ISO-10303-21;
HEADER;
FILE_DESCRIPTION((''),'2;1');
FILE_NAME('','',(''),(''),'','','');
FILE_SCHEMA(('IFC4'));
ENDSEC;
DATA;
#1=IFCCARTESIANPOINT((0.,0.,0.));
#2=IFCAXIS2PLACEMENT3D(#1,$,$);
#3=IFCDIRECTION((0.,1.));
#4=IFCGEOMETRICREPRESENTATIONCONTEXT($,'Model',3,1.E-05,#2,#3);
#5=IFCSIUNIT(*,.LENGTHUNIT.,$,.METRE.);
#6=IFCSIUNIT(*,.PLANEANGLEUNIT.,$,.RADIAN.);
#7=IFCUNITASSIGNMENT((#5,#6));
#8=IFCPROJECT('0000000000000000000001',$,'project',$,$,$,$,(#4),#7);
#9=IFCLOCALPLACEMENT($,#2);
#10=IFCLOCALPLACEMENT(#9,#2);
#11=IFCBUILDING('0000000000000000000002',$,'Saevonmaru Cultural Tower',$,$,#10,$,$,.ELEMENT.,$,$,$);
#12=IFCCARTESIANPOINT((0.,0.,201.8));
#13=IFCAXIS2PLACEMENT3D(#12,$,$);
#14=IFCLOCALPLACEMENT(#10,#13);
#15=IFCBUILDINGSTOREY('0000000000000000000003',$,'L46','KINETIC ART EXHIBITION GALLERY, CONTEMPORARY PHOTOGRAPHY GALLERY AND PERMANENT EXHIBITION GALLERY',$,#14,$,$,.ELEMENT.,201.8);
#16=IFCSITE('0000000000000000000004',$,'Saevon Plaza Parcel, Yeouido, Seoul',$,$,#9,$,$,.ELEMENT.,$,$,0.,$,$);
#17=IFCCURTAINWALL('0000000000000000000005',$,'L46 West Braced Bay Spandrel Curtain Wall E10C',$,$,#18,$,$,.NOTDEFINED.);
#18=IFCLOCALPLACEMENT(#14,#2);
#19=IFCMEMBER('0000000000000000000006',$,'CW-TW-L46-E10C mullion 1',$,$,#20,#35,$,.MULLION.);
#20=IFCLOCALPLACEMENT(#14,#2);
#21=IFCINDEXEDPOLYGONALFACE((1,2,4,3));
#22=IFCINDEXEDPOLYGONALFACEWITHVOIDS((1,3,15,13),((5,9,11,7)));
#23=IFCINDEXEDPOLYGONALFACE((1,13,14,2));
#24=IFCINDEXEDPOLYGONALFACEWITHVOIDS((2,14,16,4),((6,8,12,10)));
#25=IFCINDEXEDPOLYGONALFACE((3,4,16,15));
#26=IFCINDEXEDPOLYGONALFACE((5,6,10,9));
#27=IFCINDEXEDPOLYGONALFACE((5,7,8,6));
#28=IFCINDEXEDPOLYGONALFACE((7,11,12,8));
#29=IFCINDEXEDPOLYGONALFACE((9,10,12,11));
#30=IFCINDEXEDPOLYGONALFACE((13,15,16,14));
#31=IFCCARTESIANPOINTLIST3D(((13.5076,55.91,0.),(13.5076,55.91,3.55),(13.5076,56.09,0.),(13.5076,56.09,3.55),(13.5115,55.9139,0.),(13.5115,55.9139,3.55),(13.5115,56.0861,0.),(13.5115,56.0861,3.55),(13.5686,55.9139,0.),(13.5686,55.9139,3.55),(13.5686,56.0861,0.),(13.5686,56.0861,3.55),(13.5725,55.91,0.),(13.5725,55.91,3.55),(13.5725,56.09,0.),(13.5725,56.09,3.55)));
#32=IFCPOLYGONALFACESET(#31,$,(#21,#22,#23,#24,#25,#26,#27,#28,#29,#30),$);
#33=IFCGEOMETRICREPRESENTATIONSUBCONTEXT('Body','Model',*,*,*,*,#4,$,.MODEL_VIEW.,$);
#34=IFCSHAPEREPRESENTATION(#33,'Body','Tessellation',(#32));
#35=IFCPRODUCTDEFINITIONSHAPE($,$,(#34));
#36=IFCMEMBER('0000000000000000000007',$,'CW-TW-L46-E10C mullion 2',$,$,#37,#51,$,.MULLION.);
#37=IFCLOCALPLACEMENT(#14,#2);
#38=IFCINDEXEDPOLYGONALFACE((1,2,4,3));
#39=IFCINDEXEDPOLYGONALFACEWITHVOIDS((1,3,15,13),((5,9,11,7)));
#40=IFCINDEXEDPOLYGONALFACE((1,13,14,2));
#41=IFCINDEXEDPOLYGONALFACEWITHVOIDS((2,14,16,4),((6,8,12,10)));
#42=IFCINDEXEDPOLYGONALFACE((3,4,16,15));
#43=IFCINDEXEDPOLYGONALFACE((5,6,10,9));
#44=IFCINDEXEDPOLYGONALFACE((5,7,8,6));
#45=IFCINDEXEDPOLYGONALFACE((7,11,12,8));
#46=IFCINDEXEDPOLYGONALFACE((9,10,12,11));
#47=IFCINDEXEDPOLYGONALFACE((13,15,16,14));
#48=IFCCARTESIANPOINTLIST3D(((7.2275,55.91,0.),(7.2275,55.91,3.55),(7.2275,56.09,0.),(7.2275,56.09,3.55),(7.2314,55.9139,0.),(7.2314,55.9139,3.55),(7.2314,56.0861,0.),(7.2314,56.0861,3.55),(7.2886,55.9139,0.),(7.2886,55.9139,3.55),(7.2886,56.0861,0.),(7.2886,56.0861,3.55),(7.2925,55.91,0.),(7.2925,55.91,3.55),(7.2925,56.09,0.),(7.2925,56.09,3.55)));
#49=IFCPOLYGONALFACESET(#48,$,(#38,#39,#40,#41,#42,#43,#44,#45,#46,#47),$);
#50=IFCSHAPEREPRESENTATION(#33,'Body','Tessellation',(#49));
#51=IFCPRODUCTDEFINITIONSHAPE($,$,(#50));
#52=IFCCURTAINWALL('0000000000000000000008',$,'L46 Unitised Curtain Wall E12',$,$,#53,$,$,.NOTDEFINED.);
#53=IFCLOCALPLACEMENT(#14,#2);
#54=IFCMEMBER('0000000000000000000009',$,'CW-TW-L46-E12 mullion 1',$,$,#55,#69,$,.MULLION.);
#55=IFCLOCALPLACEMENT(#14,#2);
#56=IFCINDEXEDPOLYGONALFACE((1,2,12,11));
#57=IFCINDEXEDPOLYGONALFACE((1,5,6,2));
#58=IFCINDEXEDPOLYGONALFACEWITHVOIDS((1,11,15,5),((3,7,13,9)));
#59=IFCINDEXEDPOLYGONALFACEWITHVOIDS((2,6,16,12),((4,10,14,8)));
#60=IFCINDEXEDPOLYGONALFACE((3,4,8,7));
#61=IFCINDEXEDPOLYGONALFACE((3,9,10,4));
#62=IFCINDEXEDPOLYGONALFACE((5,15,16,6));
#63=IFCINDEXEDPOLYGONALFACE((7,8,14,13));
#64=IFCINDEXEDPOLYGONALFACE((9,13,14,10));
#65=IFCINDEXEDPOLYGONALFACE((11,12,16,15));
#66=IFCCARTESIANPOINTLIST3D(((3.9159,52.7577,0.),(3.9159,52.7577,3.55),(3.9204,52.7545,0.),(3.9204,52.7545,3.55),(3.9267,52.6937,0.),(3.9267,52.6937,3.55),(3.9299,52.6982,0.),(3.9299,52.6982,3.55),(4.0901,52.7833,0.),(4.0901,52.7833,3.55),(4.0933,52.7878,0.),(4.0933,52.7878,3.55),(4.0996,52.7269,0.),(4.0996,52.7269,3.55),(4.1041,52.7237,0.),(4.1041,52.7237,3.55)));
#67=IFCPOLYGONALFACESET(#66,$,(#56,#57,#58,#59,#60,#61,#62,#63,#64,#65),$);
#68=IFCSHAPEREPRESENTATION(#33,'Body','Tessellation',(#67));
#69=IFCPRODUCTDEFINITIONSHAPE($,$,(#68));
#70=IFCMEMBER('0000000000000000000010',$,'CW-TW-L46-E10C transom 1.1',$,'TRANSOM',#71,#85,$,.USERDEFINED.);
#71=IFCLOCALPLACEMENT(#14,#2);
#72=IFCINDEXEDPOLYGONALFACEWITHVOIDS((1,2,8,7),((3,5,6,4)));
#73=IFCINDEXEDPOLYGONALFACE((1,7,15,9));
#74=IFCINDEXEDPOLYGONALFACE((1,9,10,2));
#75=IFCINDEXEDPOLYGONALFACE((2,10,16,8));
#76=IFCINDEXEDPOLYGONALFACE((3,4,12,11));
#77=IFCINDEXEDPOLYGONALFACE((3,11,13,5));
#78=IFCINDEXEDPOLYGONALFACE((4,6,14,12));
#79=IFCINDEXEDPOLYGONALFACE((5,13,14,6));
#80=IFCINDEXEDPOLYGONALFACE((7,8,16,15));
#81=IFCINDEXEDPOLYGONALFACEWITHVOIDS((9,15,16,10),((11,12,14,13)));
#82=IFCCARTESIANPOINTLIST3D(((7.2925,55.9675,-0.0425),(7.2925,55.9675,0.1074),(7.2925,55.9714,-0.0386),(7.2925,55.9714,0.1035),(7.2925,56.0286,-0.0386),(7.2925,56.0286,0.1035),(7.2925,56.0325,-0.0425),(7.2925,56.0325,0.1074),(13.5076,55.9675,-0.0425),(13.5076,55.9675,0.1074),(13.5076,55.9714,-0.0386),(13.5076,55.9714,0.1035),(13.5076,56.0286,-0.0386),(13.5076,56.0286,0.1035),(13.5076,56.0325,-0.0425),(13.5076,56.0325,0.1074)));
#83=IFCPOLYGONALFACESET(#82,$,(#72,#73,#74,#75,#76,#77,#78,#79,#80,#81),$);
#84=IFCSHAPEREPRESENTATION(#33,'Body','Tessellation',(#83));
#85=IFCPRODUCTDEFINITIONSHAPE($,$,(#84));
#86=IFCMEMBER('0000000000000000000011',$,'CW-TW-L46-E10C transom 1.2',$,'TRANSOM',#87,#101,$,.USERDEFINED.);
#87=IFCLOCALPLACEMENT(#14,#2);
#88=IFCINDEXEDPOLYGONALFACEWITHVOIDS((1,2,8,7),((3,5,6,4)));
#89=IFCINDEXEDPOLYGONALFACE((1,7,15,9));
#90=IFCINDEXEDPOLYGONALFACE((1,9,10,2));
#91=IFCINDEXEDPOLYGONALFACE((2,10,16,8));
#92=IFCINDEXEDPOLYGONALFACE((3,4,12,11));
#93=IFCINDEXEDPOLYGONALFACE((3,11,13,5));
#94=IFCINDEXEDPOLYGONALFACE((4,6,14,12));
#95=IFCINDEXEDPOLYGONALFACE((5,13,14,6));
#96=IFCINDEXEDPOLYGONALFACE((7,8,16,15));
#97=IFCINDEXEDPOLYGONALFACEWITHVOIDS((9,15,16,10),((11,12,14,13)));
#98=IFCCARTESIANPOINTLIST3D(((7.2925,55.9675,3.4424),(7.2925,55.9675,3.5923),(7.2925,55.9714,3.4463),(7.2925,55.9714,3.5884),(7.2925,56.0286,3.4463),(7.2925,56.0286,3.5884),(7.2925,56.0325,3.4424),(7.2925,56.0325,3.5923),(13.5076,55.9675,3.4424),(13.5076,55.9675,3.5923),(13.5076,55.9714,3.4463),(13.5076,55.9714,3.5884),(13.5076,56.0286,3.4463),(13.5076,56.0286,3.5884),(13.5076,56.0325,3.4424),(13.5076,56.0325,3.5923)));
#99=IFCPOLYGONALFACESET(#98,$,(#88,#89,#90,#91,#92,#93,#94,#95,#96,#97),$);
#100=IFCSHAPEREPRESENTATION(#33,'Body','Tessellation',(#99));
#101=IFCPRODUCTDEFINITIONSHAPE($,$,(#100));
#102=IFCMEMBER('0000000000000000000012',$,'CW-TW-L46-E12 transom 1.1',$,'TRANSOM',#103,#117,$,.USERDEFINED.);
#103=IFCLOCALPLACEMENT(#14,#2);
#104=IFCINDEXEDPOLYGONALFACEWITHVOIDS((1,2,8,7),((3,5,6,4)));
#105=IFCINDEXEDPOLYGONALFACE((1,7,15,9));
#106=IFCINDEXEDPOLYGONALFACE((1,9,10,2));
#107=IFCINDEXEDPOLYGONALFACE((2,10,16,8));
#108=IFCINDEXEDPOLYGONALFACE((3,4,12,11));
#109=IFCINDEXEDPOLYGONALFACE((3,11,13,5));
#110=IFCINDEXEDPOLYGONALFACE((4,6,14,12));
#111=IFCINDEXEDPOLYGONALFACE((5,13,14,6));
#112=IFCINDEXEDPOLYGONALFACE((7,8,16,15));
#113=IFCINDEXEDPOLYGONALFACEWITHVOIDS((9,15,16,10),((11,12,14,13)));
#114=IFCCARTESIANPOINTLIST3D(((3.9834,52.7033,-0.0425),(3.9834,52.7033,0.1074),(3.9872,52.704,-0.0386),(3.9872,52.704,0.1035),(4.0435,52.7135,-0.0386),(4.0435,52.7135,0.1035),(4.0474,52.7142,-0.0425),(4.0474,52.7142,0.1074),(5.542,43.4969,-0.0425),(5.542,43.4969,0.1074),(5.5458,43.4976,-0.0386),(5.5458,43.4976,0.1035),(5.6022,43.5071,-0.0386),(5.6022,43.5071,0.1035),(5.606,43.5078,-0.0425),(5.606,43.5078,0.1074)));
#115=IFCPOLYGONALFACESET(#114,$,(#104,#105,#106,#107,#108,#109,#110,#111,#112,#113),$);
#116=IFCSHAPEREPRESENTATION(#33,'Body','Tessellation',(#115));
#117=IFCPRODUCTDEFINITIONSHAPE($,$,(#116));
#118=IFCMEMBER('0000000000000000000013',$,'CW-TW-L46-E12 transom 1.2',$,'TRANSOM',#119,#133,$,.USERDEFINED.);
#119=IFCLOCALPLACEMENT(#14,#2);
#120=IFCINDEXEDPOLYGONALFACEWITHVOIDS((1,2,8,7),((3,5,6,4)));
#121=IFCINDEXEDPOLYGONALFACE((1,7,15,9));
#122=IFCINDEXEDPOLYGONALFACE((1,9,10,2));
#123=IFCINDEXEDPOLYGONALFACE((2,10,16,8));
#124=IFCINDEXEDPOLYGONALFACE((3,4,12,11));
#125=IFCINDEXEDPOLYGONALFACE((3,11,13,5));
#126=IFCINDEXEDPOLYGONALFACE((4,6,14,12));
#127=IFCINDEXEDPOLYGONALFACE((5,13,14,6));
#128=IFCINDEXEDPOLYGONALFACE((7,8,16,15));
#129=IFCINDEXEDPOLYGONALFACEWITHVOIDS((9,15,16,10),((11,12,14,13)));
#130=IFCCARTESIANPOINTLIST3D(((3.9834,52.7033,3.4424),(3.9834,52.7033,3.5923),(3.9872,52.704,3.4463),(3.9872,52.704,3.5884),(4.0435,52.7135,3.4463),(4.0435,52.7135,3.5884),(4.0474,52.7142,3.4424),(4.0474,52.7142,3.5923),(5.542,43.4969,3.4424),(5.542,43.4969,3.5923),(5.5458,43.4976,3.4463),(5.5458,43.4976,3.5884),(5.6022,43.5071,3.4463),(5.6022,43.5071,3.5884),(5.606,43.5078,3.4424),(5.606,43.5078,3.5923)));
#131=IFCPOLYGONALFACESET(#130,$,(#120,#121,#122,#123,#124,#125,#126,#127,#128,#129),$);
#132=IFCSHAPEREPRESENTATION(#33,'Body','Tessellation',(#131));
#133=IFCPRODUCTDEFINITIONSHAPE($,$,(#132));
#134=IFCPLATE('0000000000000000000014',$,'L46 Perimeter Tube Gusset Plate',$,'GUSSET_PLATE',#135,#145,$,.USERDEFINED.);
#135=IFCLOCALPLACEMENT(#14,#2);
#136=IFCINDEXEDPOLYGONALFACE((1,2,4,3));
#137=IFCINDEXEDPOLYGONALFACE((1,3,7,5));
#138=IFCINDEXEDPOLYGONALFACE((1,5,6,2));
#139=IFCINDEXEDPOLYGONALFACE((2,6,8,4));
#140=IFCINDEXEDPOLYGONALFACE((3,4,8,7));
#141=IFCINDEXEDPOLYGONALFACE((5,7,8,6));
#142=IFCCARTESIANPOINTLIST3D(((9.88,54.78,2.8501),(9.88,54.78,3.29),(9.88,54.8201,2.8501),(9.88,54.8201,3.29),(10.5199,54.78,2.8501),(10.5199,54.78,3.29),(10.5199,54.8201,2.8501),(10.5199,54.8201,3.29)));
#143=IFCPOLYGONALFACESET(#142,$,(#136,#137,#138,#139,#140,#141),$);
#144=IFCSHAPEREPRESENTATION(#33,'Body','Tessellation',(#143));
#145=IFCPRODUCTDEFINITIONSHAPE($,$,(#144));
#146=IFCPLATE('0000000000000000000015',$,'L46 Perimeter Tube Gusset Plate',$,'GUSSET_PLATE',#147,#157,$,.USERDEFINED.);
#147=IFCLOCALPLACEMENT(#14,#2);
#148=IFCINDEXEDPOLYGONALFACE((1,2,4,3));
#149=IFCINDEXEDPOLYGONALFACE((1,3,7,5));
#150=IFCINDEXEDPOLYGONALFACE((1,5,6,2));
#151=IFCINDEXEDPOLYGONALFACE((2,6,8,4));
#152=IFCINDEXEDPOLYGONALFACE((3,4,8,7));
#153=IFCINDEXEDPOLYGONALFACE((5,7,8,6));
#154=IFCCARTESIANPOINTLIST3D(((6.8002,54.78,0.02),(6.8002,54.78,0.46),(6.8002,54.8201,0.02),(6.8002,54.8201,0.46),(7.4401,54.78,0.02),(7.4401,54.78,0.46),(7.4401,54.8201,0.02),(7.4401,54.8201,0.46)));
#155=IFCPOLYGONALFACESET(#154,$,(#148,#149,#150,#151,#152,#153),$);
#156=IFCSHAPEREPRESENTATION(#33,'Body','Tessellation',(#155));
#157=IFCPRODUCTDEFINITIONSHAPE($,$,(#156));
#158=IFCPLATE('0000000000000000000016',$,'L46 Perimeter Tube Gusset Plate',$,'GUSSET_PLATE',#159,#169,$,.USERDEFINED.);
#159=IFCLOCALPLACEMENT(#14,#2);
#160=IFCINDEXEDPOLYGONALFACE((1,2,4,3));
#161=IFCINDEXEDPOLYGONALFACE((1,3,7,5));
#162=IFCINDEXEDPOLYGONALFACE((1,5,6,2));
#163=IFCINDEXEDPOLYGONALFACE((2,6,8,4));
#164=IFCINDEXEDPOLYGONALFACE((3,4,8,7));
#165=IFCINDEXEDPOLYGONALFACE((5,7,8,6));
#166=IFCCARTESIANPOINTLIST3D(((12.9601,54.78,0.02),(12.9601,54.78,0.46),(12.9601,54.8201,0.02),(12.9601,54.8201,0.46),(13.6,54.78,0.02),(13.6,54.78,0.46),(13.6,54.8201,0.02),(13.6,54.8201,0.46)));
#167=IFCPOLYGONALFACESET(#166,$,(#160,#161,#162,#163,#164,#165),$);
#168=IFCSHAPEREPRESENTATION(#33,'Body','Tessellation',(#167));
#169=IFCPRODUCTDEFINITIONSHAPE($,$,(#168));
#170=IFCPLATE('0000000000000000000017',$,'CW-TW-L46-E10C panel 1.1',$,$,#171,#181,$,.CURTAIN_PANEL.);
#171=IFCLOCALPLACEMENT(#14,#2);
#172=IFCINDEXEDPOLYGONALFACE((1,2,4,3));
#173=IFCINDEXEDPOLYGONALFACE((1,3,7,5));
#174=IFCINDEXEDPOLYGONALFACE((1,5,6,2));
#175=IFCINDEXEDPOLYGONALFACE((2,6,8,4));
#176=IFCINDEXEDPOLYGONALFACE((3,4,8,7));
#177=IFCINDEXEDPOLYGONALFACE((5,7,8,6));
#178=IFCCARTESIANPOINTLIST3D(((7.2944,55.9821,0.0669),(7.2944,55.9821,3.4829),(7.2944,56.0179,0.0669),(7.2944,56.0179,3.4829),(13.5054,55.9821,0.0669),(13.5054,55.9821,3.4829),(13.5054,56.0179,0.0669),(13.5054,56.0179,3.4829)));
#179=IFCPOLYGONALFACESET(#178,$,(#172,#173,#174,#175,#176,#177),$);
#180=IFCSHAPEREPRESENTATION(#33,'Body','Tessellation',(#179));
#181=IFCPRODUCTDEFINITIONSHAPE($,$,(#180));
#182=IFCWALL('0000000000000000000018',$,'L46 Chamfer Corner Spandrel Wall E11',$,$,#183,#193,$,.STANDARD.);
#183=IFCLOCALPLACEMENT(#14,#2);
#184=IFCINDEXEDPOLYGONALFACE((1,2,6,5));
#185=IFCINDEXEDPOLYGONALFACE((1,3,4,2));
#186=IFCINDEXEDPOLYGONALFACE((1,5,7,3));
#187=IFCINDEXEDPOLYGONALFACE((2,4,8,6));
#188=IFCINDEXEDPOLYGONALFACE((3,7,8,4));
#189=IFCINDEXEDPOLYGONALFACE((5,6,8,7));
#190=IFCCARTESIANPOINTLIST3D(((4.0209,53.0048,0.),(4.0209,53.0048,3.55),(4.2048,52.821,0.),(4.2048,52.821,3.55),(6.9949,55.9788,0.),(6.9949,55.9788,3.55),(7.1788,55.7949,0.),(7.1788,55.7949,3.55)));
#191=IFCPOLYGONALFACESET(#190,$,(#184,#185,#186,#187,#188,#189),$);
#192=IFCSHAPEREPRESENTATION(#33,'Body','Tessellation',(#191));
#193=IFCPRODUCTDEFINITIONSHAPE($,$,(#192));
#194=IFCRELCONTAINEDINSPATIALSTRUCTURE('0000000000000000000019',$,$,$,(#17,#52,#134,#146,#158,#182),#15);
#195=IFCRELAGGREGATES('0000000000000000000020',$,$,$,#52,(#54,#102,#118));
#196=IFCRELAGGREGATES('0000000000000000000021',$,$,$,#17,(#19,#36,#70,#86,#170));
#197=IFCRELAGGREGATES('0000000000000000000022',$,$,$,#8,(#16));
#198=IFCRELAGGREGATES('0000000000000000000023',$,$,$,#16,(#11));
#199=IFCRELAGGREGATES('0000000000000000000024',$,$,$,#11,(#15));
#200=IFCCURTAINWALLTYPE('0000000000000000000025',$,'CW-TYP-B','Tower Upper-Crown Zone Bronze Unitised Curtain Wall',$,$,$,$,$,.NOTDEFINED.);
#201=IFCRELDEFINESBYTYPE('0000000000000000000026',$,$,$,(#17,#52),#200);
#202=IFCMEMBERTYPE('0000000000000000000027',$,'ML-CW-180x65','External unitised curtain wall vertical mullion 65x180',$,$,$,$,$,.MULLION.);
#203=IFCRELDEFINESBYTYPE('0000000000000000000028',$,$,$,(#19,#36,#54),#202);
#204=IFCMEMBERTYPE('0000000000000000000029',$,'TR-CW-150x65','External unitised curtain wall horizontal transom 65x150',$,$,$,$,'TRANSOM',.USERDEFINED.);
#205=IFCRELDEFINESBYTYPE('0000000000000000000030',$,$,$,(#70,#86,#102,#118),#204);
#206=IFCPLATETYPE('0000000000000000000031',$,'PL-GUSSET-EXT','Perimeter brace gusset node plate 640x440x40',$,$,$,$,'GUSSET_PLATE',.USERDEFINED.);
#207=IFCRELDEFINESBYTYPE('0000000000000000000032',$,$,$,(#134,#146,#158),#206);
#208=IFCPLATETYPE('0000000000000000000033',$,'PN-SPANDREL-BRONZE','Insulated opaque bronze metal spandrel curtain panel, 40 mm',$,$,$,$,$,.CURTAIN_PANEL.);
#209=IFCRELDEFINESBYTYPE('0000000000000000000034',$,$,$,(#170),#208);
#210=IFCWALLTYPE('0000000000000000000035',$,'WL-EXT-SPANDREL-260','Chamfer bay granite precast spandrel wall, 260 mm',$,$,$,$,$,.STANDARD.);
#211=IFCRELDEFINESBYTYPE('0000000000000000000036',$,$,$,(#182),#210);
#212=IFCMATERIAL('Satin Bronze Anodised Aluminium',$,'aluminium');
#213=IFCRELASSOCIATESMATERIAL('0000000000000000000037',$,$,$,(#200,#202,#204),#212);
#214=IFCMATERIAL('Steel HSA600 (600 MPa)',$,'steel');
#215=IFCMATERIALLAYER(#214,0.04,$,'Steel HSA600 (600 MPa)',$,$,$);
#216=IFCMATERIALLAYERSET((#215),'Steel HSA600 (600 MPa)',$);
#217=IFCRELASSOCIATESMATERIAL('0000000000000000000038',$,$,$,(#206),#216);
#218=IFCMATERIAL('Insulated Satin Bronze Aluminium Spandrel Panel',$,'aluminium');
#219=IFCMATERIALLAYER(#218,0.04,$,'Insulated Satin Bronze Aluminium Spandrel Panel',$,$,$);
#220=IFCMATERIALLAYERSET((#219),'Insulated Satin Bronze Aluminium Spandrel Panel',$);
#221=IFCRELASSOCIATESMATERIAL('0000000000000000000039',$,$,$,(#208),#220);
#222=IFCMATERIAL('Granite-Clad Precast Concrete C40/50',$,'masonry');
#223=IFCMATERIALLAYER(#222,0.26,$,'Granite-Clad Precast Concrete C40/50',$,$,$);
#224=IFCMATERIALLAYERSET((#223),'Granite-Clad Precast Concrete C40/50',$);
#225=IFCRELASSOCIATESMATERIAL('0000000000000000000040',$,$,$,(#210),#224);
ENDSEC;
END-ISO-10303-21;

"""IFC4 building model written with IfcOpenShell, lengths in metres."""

from ifc_helpers import new_model, si_unit, direction, frame, frame_2d, origin, origin_2d, place, context, subcontext, project, spatial, rectangle, hollow_rectangle, extrude, material, layer, layer_set, material_profile, profile_set, type_object, element, aggregate, save


model = new_model("IFC4")

# Units and contexts
model_context = context("Model", 3, precision=1e-05, world=origin(), true_north=direction((0.0, 1.0)))
body_context = subcontext(model_context, "Body", "Model", "MODEL_VIEW")
ifc_project = project(units=[si_unit("LENGTHUNIT", "METRE"), si_unit("PLANEANGLEUNIT", "RADIAN")], contexts=[model_context])

# Site, building, storey
site_placement = place(None, origin())
site = spatial("IfcSite", under=ifc_project, at=site_placement, Name="Saevon Plaza Parcel, Yeouido, Seoul", CompositionType="ELEMENT", RefElevation=0.0)
building_placement = place(site_placement, origin())
building = spatial("IfcBuilding", under=site, at=building_placement, Name="Saevonmaru Cultural Tower", CompositionType="ELEMENT")
storey_placement = place(building_placement, frame((0.0, 0.0, 201.8)))
storey = spatial("IfcBuildingStorey", under=building, at=storey_placement, Name="L46", Description="KINETIC ART EXHIBITION GALLERY, CONTEMPORARY PHOTOGRAPHY GALLERY AND PERMANENT EXHIBITION GALLERY", CompositionType="ELEMENT", Elevation=201.8)

# Curtain wall, members
ifc_material_1 = material(Name="Satin Bronze Anodised Aluminium", Category="aluminium")
curtain_wall_type = type_object("IfcCurtainWallType", Name="CW-TYP-B", Description="Tower Upper-Crown Zone Bronze Unitised Curtain Wall", PredefinedType="NOTDEFINED", material=ifc_material_1)
curtain_wall_1_placement = place(storey_placement, origin())
curtain_wall_1 = element("IfcCurtainWall", 1, at=curtain_wall_1_placement, inside=storey, type_object=curtain_wall_type, Name="L46 West Braced Bay Spandrel Curtain Wall E10C", PredefinedType="NOTDEFINED")
ifc_material_profile_1 = material_profile(ifc_material_1, hollow_rectangle(XDim=0.0649, YDim=0.1799, WallThickness=0.0039, at=origin_2d()), Name="ALU-MULL-180x65x4")
ifc_profile_set_1 = profile_set([ifc_material_profile_1], Name="Satin Bronze Anodised Aluminium")
member_type_1 = type_object("IfcMemberType", Name="ML-CW-180x65", Description="External unitised curtain wall vertical mullion 65x180", PredefinedType="MULLION", material=ifc_profile_set_1)
member_1_placement = place(storey_placement, frame((13.54, 56.0, 0.0), z_axis=(0.0, 0.0, 1.0), x_axis=(-1.0, 0.0, 0.0)))
member_1 = element("IfcMember", 2, at=member_1_placement, type_object=member_type_1, Name="CW-TW-L46-E10C mullion 1", PredefinedType="MULLION", context=body_context, shape_type="SweptSolid", body=[
    extrude(hollow_rectangle(XDim=0.0649, YDim=0.1799, WallThickness=0.0039, at=origin_2d()), origin(), (0.0, 0.0, 1.0), 3.55),
])
member_2_placement = place(storey_placement, frame((7.26, 56.0, 0.0), z_axis=(0.0, 0.0, 1.0), x_axis=(-1.0, 0.0, 0.0)))
member_2 = element("IfcMember", 3, at=member_2_placement, type_object=member_type_1, Name="CW-TW-L46-E10C mullion 2", PredefinedType="MULLION", context=body_context, shape_type="SweptSolid", body=[
    extrude(hollow_rectangle(XDim=0.0649, YDim=0.1799, WallThickness=0.0039, at=origin_2d()), origin(), (0.0, 0.0, 1.0), 3.55),
])

# Curtain wall, member
curtain_wall_2_placement = place(storey_placement, origin())
curtain_wall_2 = element("IfcCurtainWall", 4, at=curtain_wall_2_placement, inside=storey, type_object=curtain_wall_type, Name="L46 Unitised Curtain Wall E12", PredefinedType="NOTDEFINED")
member_3_placement = place(storey_placement, frame((4.01, 52.7407, 0.0), z_axis=(0.0, 0.0, 1.0), x_axis=(0.166922, -0.98597, 0.0)))
member_3 = element("IfcMember", 5, at=member_3_placement, type_object=member_type_1, Name="CW-TW-L46-E12 mullion 1", PredefinedType="MULLION", context=body_context, shape_type="SweptSolid", body=[
    extrude(hollow_rectangle(XDim=0.0649, YDim=0.1799, WallThickness=0.0039, at=origin_2d()), origin(), (0.0, 0.0, 1.0), 3.55),
])

# Members
ifc_material_profile_2 = material_profile(ifc_material_1, hollow_rectangle(XDim=0.0649, YDim=0.1499, WallThickness=0.0039, at=origin_2d()), Name="ALU-TRAN-150x65x4")
ifc_profile_set_2 = profile_set([ifc_material_profile_2], Name="Satin Bronze Anodised Aluminium")
member_type_2 = type_object("IfcMemberType", Name="TR-CW-150x65", Description="External unitised curtain wall horizontal transom 65x150", ElementType="TRANSOM", PredefinedType="USERDEFINED", material=ifc_profile_set_2)
member_4_placement = place(storey_placement, frame((13.5076, 56.0, 0.0325), z_axis=(-1.0, 0.0, 0.0), x_axis=(0.0, -1.0, 0.0)))
member_4 = element("IfcMember", 6, at=member_4_placement, type_object=member_type_2, Name="CW-TW-L46-E10C transom 1.1", ObjectType="TRANSOM", PredefinedType="USERDEFINED", context=body_context, shape_type="SweptSolid", body=[
    extrude(hollow_rectangle(XDim=0.0649, YDim=0.1499, WallThickness=0.0039, at=origin_2d()), origin(), (0.0, 0.0, 1.0), 6.2151),
])
member_5_placement = place(storey_placement, frame((13.5076, 56.0, 3.5173), z_axis=(-1.0, 0.0, 0.0), x_axis=(0.0, -1.0, 0.0)))
member_5 = element("IfcMember", 7, at=member_5_placement, type_object=member_type_2, Name="CW-TW-L46-E10C transom 1.2", ObjectType="TRANSOM", PredefinedType="USERDEFINED", context=body_context, shape_type="SweptSolid", body=[
    extrude(hollow_rectangle(XDim=0.0649, YDim=0.1499, WallThickness=0.0039, at=origin_2d()), origin(), (0.0, 0.0, 1.0), 6.2151),
])
member_6_placement = place(storey_placement, frame((4.0154, 52.7087, 0.0325), z_axis=(0.166921, -0.98597, 0.0), x_axis=(0.98597, 0.166921, 0.0)))
member_6 = element("IfcMember", 8, at=member_6_placement, type_object=member_type_2, Name="CW-TW-L46-E12 transom 1.1", ObjectType="TRANSOM", PredefinedType="USERDEFINED", context=body_context, shape_type="SweptSolid", body=[
    extrude(hollow_rectangle(XDim=0.0649, YDim=0.1499, WallThickness=0.0039, at=origin_2d()), origin(), (0.0, 0.0, 1.0), 9.3374),
])
member_7_placement = place(storey_placement, frame((4.0154, 52.7087, 3.5173), z_axis=(0.166921, -0.98597, 0.0), x_axis=(0.98597, 0.166921, 0.0)))
member_7 = element("IfcMember", 9, at=member_7_placement, type_object=member_type_2, Name="CW-TW-L46-E12 transom 1.2", ObjectType="TRANSOM", PredefinedType="USERDEFINED", context=body_context, shape_type="SweptSolid", body=[
    extrude(hollow_rectangle(XDim=0.0649, YDim=0.1499, WallThickness=0.0039, at=origin_2d()), origin(), (0.0, 0.0, 1.0), 9.3374),
])
aggregate(curtain_wall_2, [member_3, member_6, member_7])

# Plates
ifc_material_2 = material(Name="Steel HSA600 (600 MPa)", Category="steel")
ifc_layer_1 = layer(ifc_material_2, 0.04, Name="Steel HSA600 (600 MPa)")
ifc_layer_set_1 = layer_set([ifc_layer_1], Name="Steel HSA600 (600 MPa)")
plate_type_1 = type_object("IfcPlateType", Name="PL-GUSSET-EXT", Description="Perimeter brace gusset node plate 640x440x40", ElementType="GUSSET_PLATE", PredefinedType="USERDEFINED", material=ifc_layer_set_1)
for number, where, z_axis, x_axis, name in (
    (10, (10.2, 54.8, 2.8501), (0.0, 0.0, 1.0), (1.0, 0.0, 0.0), "L46 Perimeter Tube Gusset Plate"),
    (11, (7.1201, 54.8, 0.02), (0.0, 0.0, 1.0), (1.0, 0.0, 0.0), "L46 Perimeter Tube Gusset Plate"),
    (12, (13.28, 54.8, 0.02), (0.0, 0.0, 1.0), (1.0, 0.0, 0.0), "L46 Perimeter Tube Gusset Plate"),
):
    element("IfcPlate", number, at=place(storey_placement, frame(where, z_axis=z_axis, x_axis=x_axis)), inside=storey, type_object=plate_type_1, Name=name, ObjectType="GUSSET_PLATE", PredefinedType="USERDEFINED", context=body_context, shape_type="SweptSolid", body=[
        extrude(rectangle(XDim=0.6399, YDim=0.04, at=origin_2d()), origin(), (0.0, 0.0, 1.0), 0.4399),
    ])

# Plate
ifc_material_3 = material(Name="Insulated Satin Bronze Aluminium Spandrel Panel", Category="aluminium")
ifc_layer_2 = layer(ifc_material_3, 0.04, Name="Insulated Satin Bronze Aluminium Spandrel Panel")
ifc_layer_set_2 = layer_set([ifc_layer_2], Name="Insulated Satin Bronze Aluminium Spandrel Panel")
plate_type_2 = type_object("IfcPlateType", Name="PN-SPANDREL-BRONZE", Description="Insulated opaque bronze metal spandrel curtain panel, 40 mm", PredefinedType="CURTAIN_PANEL", material=ifc_layer_set_2)
plate_placement = place(storey_placement, frame((10.3999, 56.0, 0.0669), z_axis=(0.0, 0.0, 1.0), x_axis=(-1.0, 0.0, 0.0)))
plate = element("IfcPlate", 13, at=plate_placement, type_object=plate_type_2, Name="CW-TW-L46-E10C panel 1.1", PredefinedType="CURTAIN_PANEL", context=body_context, shape_type="SweptSolid", body=[
    extrude(rectangle(XDim=6.2109, YDim=0.0359, at=origin_2d()), origin(), (0.0, 0.0, 1.0), 3.416),
])
aggregate(curtain_wall_1, [member_1, member_2, member_4, member_5, plate])

# Wall
ifc_material_4 = material(Name="Granite-Clad Precast Concrete C40/50", Category="masonry")
ifc_layer_3 = layer(ifc_material_4, 0.26, Name="Granite-Clad Precast Concrete C40/50")
ifc_layer_set_3 = layer_set([ifc_layer_3], Name="Granite-Clad Precast Concrete C40/50")
wall_type_1 = type_object("IfcWallType", Name="WL-EXT-SPANDREL-260", Description="Chamfer bay granite precast spandrel wall, 260 mm", PredefinedType="STANDARD", material=ifc_layer_set_3)
wall_1_placement = place(storey_placement, frame((7.0869, 55.887, 0.0), z_axis=(0.0, 0.0, 1.0), x_axis=(-0.707107, -0.707107, 0.0)))
element("IfcWall", 14, at=wall_1_placement, inside=storey, type_object=wall_type_1, Name="L46 Chamfer Corner Spandrel Wall E11", PredefinedType="STANDARD", context=body_context, shape_type="SweptSolid", body=[
    extrude(rectangle(XDim=4.2058, YDim=0.26, at=frame_2d((2.103, 0.0))), origin(), (0.0, 0.0, 1.0), 3.55),
])

save(model, "model.ifc")
